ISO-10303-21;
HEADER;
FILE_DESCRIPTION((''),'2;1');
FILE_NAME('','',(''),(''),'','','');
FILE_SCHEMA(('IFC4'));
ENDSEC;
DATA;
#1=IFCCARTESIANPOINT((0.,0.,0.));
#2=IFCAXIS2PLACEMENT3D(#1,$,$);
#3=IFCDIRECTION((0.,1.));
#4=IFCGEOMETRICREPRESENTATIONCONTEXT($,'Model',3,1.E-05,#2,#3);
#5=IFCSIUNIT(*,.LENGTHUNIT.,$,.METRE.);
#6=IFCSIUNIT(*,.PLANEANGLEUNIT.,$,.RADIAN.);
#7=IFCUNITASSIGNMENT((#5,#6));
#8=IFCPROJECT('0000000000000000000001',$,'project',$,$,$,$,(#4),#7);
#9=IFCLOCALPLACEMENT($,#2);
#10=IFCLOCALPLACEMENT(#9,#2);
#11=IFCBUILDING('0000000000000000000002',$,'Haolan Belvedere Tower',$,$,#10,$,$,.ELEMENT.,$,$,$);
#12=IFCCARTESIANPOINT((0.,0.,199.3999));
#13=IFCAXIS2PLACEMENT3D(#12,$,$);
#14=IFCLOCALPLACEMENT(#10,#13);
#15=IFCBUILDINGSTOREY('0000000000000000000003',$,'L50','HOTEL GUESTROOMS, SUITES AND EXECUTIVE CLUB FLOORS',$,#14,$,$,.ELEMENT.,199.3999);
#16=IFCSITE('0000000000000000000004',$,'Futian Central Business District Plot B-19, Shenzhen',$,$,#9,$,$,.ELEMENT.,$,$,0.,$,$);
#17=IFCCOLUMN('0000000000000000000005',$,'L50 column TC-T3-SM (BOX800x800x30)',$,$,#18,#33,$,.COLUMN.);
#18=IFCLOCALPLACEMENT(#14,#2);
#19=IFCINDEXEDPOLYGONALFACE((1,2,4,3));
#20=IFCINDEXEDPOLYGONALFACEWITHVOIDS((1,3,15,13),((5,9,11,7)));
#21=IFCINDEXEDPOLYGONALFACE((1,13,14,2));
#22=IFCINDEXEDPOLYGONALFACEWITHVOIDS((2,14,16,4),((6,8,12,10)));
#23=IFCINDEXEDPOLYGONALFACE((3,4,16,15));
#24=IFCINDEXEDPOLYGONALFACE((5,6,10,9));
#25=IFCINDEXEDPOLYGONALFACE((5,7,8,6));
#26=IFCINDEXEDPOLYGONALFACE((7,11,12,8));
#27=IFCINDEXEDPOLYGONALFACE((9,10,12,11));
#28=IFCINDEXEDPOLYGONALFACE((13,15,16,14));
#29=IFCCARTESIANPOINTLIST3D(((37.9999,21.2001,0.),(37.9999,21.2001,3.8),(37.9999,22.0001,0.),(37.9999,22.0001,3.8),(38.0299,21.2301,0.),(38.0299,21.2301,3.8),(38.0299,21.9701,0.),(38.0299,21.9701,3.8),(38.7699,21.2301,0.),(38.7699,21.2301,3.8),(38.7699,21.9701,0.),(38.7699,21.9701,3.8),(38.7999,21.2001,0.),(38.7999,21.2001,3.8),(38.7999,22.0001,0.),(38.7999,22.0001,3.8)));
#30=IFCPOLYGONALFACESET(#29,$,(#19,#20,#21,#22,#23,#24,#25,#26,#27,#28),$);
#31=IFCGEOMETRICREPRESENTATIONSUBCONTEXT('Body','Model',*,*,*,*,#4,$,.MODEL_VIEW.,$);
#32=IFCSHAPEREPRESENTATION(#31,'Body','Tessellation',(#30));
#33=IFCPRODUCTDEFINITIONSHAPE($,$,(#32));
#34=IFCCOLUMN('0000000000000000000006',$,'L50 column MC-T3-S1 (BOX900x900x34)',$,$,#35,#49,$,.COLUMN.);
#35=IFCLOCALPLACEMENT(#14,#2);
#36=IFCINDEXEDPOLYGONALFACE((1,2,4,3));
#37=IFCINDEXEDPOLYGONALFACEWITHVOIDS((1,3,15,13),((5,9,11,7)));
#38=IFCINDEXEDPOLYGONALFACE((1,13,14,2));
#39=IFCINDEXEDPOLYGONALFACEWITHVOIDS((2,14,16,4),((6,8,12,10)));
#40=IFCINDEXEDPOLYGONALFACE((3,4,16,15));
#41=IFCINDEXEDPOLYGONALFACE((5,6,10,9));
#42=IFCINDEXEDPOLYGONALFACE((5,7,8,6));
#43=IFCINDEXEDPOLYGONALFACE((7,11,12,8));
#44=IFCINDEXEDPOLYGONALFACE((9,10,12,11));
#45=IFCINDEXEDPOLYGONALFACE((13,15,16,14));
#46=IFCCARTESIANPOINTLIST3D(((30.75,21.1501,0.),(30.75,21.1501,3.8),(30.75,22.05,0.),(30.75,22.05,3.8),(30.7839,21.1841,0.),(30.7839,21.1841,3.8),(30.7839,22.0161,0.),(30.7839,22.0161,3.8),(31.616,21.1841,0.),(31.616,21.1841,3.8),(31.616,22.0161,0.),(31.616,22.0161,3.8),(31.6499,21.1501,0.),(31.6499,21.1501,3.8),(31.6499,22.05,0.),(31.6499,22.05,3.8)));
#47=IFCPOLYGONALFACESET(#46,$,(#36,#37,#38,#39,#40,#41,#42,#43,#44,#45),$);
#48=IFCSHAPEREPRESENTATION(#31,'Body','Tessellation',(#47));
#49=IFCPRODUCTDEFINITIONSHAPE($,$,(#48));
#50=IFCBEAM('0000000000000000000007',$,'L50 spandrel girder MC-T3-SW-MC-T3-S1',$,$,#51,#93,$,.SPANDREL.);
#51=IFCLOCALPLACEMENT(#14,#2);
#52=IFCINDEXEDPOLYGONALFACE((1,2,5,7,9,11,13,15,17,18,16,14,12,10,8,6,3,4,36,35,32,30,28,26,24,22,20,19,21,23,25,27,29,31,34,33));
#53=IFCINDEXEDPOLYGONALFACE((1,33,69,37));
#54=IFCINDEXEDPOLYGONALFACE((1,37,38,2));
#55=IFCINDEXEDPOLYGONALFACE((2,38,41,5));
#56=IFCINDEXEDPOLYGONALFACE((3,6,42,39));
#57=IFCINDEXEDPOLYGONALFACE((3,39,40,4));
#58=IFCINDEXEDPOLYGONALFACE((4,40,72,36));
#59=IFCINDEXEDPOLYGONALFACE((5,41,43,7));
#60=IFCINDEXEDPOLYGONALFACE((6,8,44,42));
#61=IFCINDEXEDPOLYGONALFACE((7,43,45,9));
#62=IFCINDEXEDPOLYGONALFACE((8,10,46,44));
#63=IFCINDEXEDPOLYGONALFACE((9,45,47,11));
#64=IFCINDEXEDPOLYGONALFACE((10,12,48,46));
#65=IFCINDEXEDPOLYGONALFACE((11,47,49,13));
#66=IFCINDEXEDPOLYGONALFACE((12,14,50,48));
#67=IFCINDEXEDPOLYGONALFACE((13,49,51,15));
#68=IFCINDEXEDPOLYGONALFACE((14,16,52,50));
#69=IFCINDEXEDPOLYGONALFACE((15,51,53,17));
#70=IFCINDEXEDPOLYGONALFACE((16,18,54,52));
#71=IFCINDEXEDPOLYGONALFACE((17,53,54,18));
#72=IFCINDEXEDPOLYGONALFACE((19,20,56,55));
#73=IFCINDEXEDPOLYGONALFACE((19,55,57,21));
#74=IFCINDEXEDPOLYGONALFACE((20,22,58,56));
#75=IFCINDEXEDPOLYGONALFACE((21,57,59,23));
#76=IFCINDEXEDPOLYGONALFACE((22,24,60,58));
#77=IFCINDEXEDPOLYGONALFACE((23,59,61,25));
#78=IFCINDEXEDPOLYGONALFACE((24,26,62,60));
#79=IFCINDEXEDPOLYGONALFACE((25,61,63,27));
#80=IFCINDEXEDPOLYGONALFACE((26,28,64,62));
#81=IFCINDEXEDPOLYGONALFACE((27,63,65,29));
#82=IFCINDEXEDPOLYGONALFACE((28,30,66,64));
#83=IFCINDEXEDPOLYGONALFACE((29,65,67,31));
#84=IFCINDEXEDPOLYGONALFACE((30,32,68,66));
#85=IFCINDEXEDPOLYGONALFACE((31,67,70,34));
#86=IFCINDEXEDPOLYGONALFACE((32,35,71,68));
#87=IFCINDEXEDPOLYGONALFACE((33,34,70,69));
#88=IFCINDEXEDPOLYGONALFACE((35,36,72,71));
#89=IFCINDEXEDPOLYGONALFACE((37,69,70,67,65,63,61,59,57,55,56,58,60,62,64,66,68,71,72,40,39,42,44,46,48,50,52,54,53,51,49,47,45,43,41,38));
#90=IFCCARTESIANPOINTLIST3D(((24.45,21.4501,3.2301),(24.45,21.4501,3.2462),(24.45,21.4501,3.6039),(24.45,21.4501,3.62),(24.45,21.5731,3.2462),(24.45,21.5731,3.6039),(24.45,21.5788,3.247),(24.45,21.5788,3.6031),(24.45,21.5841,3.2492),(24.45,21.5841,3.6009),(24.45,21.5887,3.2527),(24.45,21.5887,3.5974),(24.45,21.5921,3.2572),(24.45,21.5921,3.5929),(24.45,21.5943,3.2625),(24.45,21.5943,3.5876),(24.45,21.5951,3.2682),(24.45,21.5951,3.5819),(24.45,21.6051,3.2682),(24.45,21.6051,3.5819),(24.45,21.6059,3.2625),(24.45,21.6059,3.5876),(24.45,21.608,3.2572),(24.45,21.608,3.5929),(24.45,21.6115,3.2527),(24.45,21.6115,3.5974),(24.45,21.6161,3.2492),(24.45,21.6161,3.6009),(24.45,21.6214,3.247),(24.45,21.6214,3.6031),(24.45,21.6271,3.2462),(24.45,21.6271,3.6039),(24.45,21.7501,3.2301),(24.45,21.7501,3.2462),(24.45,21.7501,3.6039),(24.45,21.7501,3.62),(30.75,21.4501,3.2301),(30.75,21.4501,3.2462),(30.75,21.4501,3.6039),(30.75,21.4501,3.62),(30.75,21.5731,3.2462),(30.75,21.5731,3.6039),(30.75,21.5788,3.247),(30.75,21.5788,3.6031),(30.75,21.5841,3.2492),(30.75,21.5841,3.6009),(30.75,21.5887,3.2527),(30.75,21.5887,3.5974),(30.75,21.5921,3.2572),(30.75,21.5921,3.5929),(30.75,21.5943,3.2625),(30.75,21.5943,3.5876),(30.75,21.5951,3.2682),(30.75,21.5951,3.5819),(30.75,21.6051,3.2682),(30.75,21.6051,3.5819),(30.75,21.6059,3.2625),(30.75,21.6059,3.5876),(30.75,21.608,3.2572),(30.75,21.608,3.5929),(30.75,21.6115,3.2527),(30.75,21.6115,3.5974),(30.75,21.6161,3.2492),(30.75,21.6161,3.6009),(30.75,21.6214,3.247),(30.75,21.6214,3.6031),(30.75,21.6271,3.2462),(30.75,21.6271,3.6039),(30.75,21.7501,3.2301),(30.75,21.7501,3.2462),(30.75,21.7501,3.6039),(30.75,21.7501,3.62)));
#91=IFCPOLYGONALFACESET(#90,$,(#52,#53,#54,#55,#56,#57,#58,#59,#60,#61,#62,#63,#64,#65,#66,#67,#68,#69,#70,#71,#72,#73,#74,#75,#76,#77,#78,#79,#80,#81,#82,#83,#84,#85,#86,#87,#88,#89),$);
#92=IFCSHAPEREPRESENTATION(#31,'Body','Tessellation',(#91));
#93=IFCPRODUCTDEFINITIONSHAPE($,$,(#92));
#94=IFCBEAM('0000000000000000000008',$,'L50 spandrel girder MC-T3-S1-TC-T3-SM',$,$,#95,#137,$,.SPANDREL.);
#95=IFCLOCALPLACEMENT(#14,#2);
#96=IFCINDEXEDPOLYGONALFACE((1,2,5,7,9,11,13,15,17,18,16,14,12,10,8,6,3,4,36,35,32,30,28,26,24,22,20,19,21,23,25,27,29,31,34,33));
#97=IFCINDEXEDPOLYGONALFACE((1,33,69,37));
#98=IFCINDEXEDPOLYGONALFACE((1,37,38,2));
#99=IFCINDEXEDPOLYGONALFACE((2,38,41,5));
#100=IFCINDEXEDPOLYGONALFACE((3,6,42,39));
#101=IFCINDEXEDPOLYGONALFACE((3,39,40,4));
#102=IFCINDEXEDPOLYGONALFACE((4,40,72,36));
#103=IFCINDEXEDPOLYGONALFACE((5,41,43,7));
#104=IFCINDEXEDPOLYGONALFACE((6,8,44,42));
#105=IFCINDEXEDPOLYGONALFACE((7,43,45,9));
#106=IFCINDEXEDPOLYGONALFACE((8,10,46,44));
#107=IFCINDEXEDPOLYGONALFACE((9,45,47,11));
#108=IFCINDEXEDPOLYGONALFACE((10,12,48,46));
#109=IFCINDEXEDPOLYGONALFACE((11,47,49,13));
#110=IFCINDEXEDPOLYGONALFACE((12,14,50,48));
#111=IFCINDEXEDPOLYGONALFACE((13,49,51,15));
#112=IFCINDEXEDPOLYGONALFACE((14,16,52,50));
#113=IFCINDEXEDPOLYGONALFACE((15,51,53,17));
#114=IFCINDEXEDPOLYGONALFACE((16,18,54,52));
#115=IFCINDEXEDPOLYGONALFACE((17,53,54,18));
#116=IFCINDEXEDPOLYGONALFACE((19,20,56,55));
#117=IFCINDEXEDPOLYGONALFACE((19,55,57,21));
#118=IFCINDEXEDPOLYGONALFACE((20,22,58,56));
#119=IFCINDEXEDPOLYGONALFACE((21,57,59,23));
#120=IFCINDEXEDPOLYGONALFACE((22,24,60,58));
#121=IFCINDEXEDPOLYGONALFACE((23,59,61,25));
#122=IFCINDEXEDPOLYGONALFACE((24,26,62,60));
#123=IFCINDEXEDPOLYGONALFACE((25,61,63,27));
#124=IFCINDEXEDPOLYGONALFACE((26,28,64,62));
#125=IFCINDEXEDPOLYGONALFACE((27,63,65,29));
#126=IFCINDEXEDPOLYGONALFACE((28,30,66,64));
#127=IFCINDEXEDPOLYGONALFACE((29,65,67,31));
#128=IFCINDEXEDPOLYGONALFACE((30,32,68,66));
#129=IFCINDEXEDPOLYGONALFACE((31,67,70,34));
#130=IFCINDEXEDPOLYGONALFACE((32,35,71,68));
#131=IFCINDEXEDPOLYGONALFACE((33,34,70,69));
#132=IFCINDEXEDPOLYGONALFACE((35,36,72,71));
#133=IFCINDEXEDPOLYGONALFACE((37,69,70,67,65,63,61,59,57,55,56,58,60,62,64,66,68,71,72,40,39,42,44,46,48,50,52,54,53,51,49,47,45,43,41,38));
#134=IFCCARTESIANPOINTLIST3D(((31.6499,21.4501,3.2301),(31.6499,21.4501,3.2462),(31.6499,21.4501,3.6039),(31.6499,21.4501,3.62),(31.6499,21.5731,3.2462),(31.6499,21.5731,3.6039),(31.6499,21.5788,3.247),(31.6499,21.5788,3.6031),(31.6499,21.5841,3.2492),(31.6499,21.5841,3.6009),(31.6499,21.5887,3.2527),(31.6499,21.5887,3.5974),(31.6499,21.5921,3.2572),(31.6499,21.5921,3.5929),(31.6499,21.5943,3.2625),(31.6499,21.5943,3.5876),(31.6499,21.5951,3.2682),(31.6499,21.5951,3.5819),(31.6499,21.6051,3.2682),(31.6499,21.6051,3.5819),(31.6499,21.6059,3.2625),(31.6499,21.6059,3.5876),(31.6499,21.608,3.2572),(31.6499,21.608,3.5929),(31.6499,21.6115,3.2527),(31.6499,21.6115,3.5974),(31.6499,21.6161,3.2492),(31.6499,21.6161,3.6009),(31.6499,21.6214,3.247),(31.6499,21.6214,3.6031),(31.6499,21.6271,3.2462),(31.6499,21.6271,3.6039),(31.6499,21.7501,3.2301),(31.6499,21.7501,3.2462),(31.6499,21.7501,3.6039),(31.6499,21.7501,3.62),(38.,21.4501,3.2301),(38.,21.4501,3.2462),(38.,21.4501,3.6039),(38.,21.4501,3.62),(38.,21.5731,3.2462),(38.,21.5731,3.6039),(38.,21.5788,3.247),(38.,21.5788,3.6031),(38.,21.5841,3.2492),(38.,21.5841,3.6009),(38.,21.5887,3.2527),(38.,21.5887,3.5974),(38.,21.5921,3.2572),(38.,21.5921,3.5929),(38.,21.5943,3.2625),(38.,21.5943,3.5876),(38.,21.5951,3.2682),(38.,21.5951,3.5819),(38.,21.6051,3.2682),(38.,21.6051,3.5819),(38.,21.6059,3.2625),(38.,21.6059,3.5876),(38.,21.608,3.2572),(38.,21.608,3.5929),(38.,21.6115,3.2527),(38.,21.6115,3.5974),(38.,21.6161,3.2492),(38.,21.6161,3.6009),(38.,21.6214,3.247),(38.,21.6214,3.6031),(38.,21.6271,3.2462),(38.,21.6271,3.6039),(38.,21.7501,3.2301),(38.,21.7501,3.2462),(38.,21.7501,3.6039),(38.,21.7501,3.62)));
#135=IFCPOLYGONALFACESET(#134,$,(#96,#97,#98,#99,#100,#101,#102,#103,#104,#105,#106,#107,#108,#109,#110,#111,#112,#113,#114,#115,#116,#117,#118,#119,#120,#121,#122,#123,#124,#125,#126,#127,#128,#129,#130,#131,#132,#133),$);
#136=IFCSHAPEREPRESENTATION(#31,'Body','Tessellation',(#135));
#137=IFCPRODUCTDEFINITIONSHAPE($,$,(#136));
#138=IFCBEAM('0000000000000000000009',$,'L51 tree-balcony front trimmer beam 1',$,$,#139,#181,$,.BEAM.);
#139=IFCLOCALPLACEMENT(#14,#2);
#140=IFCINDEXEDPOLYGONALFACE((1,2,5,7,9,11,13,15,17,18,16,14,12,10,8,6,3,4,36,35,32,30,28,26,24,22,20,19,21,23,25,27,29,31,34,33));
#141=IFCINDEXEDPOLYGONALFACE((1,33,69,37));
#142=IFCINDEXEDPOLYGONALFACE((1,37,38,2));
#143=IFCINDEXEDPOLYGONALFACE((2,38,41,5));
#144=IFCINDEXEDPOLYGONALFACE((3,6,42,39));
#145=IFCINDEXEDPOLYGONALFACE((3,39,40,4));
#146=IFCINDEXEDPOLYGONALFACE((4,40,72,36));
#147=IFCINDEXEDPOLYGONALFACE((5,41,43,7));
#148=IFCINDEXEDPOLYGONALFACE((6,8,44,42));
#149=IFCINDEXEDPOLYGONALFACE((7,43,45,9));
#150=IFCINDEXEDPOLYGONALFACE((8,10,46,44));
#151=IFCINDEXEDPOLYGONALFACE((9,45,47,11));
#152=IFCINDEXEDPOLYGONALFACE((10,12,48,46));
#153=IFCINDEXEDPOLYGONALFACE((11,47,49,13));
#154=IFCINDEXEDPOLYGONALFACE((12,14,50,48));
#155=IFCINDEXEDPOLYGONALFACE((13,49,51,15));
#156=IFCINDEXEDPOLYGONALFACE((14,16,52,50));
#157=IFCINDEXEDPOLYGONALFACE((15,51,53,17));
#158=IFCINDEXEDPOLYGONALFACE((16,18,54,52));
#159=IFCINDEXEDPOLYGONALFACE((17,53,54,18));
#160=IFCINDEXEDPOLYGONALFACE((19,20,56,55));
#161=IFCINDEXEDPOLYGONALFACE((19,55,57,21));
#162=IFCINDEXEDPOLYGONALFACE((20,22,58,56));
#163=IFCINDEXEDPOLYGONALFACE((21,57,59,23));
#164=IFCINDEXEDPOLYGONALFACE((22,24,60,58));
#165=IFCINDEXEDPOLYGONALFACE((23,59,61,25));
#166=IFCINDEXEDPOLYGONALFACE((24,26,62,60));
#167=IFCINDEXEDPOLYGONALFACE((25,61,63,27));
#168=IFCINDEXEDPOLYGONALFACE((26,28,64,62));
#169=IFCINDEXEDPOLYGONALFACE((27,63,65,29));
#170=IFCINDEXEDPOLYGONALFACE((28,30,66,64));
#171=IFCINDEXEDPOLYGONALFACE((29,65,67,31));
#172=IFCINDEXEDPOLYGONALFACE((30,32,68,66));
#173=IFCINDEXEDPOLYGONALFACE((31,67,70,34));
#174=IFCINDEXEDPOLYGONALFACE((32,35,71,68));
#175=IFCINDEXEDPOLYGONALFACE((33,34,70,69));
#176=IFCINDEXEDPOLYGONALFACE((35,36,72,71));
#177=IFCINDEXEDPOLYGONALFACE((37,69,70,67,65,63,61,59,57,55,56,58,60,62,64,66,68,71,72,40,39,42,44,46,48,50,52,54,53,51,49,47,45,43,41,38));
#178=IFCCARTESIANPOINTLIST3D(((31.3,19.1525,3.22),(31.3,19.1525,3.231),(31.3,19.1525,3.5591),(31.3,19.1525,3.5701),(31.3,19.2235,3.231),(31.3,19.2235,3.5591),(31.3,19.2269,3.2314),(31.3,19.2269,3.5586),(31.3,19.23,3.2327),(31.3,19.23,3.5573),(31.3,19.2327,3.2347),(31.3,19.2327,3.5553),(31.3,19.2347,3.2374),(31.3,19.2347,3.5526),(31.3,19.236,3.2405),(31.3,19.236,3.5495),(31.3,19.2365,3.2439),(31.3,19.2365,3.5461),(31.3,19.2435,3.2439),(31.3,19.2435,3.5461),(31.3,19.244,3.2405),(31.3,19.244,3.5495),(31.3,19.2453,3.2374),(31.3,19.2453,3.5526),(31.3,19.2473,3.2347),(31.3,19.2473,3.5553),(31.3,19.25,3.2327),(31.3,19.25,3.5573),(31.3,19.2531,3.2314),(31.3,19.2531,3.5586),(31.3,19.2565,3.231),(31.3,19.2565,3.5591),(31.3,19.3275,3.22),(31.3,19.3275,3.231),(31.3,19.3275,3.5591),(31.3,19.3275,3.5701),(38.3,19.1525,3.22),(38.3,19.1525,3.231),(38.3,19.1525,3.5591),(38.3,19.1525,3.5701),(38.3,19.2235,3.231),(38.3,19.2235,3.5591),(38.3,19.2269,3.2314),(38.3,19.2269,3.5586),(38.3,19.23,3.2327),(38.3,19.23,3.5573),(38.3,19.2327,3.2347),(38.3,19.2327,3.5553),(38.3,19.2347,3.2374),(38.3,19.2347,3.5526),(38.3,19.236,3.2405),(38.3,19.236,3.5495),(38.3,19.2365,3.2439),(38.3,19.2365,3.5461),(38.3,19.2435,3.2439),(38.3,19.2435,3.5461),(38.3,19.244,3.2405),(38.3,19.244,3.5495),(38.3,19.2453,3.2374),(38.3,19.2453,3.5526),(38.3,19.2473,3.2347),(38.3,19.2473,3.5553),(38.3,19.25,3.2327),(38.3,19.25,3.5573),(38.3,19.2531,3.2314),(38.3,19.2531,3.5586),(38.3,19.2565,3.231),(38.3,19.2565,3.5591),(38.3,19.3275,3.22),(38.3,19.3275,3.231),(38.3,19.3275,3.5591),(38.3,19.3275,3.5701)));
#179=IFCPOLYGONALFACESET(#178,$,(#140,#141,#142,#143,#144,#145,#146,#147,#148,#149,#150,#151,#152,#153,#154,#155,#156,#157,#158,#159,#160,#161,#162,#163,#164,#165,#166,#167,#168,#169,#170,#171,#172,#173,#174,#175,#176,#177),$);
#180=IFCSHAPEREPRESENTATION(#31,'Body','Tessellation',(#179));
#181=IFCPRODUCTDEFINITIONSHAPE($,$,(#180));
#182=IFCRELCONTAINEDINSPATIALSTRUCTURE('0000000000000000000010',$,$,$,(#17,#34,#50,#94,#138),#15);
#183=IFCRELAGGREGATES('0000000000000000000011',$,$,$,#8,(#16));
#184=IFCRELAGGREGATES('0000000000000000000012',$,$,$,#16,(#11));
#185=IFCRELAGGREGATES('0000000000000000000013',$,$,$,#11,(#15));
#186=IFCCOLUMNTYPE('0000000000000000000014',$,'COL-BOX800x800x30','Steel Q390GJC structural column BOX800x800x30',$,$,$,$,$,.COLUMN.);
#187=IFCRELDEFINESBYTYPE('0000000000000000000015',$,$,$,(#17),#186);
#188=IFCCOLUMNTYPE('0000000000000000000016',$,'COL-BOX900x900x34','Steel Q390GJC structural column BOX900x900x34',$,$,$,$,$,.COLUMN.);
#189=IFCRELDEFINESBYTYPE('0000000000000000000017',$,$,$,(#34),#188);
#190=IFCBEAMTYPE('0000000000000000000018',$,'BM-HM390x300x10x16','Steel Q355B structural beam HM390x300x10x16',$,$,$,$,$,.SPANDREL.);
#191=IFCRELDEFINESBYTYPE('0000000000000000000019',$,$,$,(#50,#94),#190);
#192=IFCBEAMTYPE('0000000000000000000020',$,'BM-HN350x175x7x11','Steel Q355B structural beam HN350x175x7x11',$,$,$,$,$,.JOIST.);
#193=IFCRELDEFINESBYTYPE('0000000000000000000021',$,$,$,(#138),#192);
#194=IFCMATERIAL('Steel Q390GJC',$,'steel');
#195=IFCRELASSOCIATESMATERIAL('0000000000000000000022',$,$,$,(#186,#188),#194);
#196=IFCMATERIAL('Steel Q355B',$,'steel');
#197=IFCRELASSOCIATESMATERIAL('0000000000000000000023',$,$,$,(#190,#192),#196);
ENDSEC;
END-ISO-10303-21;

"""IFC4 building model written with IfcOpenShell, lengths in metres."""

from ifc_helpers import new_model, si_unit, direction, frame, origin, origin_2d, place, context, subcontext, project, spatial, hollow_rectangle, i_section, extrude, material, material_profile, profile_set, type_object, element, save


model = new_model("IFC4")

# Units and contexts
model_context = context("Model", 3, precision=1e-05, world=origin(), true_north=direction((0.0, 1.0)))
body_context = subcontext(model_context, "Body", "Model", "MODEL_VIEW")
ifc_project = project(units=[si_unit("LENGTHUNIT", "METRE"), si_unit("PLANEANGLEUNIT", "RADIAN")], contexts=[model_context])

# Site, building, storey
site_placement = place(None, origin())
site = spatial("IfcSite", under=ifc_project, at=site_placement, Name="Futian Central Business District Plot B-19, Shenzhen", CompositionType="ELEMENT", RefElevation=0.0)
building_placement = place(site_placement, origin())
building = spatial("IfcBuilding", under=site, at=building_placement, Name="Haolan Belvedere Tower", CompositionType="ELEMENT")
storey_placement = place(building_placement, frame((0.0, 0.0, 199.3999)))
storey = spatial("IfcBuildingStorey", under=building, at=storey_placement, Name="L50", Description="HOTEL GUESTROOMS, SUITES AND EXECUTIVE CLUB FLOORS", CompositionType="ELEMENT", Elevation=199.3999)

# Columns
ifc_material_1 = material(Name="Steel Q390GJC", Category="steel")
ifc_material_profile_1 = material_profile(ifc_material_1, hollow_rectangle(XDim=0.8, YDim=0.8, WallThickness=0.03, at=origin_2d()), Name="Steel Q390GJC")
ifc_profile_set_1 = profile_set([ifc_material_profile_1], Name="Steel Q390GJC")
column_type_1 = type_object("IfcColumnType", Name="COL-BOX800x800x30", Description="Steel Q390GJC structural column BOX800x800x30", PredefinedType="COLUMN", material=ifc_profile_set_1)
column_1_placement = place(storey_placement, frame((38.3999, 21.6001, 0.0), z_axis=(0.0, 0.0, 1.0), x_axis=(1.0, 0.0, 0.0)))
element("IfcColumn", 1, at=column_1_placement, inside=storey, type_object=column_type_1, Name="L50 column TC-T3-SM (BOX800x800x30)", PredefinedType="COLUMN", context=body_context, shape_type="SweptSolid", body=[
    extrude(hollow_rectangle(XDim=0.8, YDim=0.8, WallThickness=0.03, at=origin_2d()), origin(), (0.0, 0.0, 1.0), 3.8),
])
ifc_material_profile_2 = material_profile(ifc_material_1, hollow_rectangle(XDim=0.8999, YDim=0.8999, WallThickness=0.0339, at=origin_2d()), Name="Steel Q390GJC")
ifc_profile_set_2 = profile_set([ifc_material_profile_2], Name="Steel Q390GJC")
column_type_2 = type_object("IfcColumnType", Name="COL-BOX900x900x34", Description="Steel Q390GJC structural column BOX900x900x34", PredefinedType="COLUMN", material=ifc_profile_set_2)
column_2_placement = place(storey_placement, frame((31.2, 21.6001, 0.0), z_axis=(0.0, 0.0, 1.0), x_axis=(1.0, 0.0, 0.0)))
element("IfcColumn", 2, at=column_2_placement, inside=storey, type_object=column_type_2, Name="L50 column MC-T3-S1 (BOX900x900x34)", PredefinedType="COLUMN", context=body_context, shape_type="SweptSolid", body=[
    extrude(hollow_rectangle(XDim=0.8999, YDim=0.8999, WallThickness=0.0339, at=origin_2d()), origin(), (0.0, 0.0, 1.0), 3.8),
])

# Beams
ifc_material_2 = material(Name="Steel Q355B", Category="steel")
ifc_material_profile_3 = material_profile(ifc_material_2, i_section(OverallWidth=0.3, OverallDepth=0.3899, WebThickness=0.01, FlangeThickness=0.0161, FilletRadius=0.022, at=origin_2d()), Name="Steel Q355B")
ifc_profile_set_3 = profile_set([ifc_material_profile_3], Name="Steel Q355B")
beam_type_1 = type_object("IfcBeamType", Name="BM-HM390x300x10x16", Description="Steel Q355B structural beam HM390x300x10x16", PredefinedType="SPANDREL", material=ifc_profile_set_3)
beam_1_placement = place(storey_placement, frame((24.45, 21.6001, 3.425), z_axis=(1.0, 0.0, 0.0), x_axis=(0.0, 1.0, 0.0)))
element("IfcBeam", 3, at=beam_1_placement, inside=storey, type_object=beam_type_1, Name="L50 spandrel girder MC-T3-SW-MC-T3-S1", PredefinedType="SPANDREL", context=body_context, shape_type="SweptSolid", body=[
    extrude(i_section(OverallWidth=0.3, OverallDepth=0.3899, WebThickness=0.01, FlangeThickness=0.0161, FilletRadius=0.022, at=origin_2d()), origin(), (0.0, 0.0, 1.0), 6.3),
])
beam_2_placement = place(storey_placement, frame((31.6499, 21.6001, 3.425), z_axis=(1.0, 0.0, 0.0), x_axis=(0.0, 1.0, 0.0)))
element("IfcBeam", 4, at=beam_2_placement, inside=storey, type_object=beam_type_1, Name="L50 spandrel girder MC-T3-S1-TC-T3-SM", PredefinedType="SPANDREL", context=body_context, shape_type="SweptSolid", body=[
    extrude(i_section(OverallWidth=0.3, OverallDepth=0.3899, WebThickness=0.01, FlangeThickness=0.0161, FilletRadius=0.022, at=origin_2d()), origin(), (0.0, 0.0, 1.0), 6.3501),
])
ifc_material_profile_4 = material_profile(ifc_material_2, i_section(OverallWidth=0.175, OverallDepth=0.3501, WebThickness=0.0071, FlangeThickness=0.011, FilletRadius=0.0129, at=origin_2d()), Name="Steel Q355B")
ifc_profile_set_4 = profile_set([ifc_material_profile_4], Name="Steel Q355B")
beam_type_2 = type_object("IfcBeamType", Name="BM-HN350x175x7x11", Description="Steel Q355B structural beam HN350x175x7x11", PredefinedType="JOIST", material=ifc_profile_set_4)
beam_3_placement = place(storey_placement, frame((31.3, 19.24, 3.395), z_axis=(1.0, 0.0, 0.0), x_axis=(0.0, 1.0, 0.0)))
element("IfcBeam", 5, at=beam_3_placement, inside=storey, type_object=beam_type_2, Name="L51 tree-balcony front trimmer beam 1", PredefinedType="BEAM", context=body_context, shape_type="SweptSolid", body=[
    extrude(i_section(OverallWidth=0.175, OverallDepth=0.3501, WebThickness=0.0071, FlangeThickness=0.011, FilletRadius=0.0129, at=origin_2d()), origin(), (0.0, 0.0, 1.0), 7.0),
])

save(model, "model.ifc")
